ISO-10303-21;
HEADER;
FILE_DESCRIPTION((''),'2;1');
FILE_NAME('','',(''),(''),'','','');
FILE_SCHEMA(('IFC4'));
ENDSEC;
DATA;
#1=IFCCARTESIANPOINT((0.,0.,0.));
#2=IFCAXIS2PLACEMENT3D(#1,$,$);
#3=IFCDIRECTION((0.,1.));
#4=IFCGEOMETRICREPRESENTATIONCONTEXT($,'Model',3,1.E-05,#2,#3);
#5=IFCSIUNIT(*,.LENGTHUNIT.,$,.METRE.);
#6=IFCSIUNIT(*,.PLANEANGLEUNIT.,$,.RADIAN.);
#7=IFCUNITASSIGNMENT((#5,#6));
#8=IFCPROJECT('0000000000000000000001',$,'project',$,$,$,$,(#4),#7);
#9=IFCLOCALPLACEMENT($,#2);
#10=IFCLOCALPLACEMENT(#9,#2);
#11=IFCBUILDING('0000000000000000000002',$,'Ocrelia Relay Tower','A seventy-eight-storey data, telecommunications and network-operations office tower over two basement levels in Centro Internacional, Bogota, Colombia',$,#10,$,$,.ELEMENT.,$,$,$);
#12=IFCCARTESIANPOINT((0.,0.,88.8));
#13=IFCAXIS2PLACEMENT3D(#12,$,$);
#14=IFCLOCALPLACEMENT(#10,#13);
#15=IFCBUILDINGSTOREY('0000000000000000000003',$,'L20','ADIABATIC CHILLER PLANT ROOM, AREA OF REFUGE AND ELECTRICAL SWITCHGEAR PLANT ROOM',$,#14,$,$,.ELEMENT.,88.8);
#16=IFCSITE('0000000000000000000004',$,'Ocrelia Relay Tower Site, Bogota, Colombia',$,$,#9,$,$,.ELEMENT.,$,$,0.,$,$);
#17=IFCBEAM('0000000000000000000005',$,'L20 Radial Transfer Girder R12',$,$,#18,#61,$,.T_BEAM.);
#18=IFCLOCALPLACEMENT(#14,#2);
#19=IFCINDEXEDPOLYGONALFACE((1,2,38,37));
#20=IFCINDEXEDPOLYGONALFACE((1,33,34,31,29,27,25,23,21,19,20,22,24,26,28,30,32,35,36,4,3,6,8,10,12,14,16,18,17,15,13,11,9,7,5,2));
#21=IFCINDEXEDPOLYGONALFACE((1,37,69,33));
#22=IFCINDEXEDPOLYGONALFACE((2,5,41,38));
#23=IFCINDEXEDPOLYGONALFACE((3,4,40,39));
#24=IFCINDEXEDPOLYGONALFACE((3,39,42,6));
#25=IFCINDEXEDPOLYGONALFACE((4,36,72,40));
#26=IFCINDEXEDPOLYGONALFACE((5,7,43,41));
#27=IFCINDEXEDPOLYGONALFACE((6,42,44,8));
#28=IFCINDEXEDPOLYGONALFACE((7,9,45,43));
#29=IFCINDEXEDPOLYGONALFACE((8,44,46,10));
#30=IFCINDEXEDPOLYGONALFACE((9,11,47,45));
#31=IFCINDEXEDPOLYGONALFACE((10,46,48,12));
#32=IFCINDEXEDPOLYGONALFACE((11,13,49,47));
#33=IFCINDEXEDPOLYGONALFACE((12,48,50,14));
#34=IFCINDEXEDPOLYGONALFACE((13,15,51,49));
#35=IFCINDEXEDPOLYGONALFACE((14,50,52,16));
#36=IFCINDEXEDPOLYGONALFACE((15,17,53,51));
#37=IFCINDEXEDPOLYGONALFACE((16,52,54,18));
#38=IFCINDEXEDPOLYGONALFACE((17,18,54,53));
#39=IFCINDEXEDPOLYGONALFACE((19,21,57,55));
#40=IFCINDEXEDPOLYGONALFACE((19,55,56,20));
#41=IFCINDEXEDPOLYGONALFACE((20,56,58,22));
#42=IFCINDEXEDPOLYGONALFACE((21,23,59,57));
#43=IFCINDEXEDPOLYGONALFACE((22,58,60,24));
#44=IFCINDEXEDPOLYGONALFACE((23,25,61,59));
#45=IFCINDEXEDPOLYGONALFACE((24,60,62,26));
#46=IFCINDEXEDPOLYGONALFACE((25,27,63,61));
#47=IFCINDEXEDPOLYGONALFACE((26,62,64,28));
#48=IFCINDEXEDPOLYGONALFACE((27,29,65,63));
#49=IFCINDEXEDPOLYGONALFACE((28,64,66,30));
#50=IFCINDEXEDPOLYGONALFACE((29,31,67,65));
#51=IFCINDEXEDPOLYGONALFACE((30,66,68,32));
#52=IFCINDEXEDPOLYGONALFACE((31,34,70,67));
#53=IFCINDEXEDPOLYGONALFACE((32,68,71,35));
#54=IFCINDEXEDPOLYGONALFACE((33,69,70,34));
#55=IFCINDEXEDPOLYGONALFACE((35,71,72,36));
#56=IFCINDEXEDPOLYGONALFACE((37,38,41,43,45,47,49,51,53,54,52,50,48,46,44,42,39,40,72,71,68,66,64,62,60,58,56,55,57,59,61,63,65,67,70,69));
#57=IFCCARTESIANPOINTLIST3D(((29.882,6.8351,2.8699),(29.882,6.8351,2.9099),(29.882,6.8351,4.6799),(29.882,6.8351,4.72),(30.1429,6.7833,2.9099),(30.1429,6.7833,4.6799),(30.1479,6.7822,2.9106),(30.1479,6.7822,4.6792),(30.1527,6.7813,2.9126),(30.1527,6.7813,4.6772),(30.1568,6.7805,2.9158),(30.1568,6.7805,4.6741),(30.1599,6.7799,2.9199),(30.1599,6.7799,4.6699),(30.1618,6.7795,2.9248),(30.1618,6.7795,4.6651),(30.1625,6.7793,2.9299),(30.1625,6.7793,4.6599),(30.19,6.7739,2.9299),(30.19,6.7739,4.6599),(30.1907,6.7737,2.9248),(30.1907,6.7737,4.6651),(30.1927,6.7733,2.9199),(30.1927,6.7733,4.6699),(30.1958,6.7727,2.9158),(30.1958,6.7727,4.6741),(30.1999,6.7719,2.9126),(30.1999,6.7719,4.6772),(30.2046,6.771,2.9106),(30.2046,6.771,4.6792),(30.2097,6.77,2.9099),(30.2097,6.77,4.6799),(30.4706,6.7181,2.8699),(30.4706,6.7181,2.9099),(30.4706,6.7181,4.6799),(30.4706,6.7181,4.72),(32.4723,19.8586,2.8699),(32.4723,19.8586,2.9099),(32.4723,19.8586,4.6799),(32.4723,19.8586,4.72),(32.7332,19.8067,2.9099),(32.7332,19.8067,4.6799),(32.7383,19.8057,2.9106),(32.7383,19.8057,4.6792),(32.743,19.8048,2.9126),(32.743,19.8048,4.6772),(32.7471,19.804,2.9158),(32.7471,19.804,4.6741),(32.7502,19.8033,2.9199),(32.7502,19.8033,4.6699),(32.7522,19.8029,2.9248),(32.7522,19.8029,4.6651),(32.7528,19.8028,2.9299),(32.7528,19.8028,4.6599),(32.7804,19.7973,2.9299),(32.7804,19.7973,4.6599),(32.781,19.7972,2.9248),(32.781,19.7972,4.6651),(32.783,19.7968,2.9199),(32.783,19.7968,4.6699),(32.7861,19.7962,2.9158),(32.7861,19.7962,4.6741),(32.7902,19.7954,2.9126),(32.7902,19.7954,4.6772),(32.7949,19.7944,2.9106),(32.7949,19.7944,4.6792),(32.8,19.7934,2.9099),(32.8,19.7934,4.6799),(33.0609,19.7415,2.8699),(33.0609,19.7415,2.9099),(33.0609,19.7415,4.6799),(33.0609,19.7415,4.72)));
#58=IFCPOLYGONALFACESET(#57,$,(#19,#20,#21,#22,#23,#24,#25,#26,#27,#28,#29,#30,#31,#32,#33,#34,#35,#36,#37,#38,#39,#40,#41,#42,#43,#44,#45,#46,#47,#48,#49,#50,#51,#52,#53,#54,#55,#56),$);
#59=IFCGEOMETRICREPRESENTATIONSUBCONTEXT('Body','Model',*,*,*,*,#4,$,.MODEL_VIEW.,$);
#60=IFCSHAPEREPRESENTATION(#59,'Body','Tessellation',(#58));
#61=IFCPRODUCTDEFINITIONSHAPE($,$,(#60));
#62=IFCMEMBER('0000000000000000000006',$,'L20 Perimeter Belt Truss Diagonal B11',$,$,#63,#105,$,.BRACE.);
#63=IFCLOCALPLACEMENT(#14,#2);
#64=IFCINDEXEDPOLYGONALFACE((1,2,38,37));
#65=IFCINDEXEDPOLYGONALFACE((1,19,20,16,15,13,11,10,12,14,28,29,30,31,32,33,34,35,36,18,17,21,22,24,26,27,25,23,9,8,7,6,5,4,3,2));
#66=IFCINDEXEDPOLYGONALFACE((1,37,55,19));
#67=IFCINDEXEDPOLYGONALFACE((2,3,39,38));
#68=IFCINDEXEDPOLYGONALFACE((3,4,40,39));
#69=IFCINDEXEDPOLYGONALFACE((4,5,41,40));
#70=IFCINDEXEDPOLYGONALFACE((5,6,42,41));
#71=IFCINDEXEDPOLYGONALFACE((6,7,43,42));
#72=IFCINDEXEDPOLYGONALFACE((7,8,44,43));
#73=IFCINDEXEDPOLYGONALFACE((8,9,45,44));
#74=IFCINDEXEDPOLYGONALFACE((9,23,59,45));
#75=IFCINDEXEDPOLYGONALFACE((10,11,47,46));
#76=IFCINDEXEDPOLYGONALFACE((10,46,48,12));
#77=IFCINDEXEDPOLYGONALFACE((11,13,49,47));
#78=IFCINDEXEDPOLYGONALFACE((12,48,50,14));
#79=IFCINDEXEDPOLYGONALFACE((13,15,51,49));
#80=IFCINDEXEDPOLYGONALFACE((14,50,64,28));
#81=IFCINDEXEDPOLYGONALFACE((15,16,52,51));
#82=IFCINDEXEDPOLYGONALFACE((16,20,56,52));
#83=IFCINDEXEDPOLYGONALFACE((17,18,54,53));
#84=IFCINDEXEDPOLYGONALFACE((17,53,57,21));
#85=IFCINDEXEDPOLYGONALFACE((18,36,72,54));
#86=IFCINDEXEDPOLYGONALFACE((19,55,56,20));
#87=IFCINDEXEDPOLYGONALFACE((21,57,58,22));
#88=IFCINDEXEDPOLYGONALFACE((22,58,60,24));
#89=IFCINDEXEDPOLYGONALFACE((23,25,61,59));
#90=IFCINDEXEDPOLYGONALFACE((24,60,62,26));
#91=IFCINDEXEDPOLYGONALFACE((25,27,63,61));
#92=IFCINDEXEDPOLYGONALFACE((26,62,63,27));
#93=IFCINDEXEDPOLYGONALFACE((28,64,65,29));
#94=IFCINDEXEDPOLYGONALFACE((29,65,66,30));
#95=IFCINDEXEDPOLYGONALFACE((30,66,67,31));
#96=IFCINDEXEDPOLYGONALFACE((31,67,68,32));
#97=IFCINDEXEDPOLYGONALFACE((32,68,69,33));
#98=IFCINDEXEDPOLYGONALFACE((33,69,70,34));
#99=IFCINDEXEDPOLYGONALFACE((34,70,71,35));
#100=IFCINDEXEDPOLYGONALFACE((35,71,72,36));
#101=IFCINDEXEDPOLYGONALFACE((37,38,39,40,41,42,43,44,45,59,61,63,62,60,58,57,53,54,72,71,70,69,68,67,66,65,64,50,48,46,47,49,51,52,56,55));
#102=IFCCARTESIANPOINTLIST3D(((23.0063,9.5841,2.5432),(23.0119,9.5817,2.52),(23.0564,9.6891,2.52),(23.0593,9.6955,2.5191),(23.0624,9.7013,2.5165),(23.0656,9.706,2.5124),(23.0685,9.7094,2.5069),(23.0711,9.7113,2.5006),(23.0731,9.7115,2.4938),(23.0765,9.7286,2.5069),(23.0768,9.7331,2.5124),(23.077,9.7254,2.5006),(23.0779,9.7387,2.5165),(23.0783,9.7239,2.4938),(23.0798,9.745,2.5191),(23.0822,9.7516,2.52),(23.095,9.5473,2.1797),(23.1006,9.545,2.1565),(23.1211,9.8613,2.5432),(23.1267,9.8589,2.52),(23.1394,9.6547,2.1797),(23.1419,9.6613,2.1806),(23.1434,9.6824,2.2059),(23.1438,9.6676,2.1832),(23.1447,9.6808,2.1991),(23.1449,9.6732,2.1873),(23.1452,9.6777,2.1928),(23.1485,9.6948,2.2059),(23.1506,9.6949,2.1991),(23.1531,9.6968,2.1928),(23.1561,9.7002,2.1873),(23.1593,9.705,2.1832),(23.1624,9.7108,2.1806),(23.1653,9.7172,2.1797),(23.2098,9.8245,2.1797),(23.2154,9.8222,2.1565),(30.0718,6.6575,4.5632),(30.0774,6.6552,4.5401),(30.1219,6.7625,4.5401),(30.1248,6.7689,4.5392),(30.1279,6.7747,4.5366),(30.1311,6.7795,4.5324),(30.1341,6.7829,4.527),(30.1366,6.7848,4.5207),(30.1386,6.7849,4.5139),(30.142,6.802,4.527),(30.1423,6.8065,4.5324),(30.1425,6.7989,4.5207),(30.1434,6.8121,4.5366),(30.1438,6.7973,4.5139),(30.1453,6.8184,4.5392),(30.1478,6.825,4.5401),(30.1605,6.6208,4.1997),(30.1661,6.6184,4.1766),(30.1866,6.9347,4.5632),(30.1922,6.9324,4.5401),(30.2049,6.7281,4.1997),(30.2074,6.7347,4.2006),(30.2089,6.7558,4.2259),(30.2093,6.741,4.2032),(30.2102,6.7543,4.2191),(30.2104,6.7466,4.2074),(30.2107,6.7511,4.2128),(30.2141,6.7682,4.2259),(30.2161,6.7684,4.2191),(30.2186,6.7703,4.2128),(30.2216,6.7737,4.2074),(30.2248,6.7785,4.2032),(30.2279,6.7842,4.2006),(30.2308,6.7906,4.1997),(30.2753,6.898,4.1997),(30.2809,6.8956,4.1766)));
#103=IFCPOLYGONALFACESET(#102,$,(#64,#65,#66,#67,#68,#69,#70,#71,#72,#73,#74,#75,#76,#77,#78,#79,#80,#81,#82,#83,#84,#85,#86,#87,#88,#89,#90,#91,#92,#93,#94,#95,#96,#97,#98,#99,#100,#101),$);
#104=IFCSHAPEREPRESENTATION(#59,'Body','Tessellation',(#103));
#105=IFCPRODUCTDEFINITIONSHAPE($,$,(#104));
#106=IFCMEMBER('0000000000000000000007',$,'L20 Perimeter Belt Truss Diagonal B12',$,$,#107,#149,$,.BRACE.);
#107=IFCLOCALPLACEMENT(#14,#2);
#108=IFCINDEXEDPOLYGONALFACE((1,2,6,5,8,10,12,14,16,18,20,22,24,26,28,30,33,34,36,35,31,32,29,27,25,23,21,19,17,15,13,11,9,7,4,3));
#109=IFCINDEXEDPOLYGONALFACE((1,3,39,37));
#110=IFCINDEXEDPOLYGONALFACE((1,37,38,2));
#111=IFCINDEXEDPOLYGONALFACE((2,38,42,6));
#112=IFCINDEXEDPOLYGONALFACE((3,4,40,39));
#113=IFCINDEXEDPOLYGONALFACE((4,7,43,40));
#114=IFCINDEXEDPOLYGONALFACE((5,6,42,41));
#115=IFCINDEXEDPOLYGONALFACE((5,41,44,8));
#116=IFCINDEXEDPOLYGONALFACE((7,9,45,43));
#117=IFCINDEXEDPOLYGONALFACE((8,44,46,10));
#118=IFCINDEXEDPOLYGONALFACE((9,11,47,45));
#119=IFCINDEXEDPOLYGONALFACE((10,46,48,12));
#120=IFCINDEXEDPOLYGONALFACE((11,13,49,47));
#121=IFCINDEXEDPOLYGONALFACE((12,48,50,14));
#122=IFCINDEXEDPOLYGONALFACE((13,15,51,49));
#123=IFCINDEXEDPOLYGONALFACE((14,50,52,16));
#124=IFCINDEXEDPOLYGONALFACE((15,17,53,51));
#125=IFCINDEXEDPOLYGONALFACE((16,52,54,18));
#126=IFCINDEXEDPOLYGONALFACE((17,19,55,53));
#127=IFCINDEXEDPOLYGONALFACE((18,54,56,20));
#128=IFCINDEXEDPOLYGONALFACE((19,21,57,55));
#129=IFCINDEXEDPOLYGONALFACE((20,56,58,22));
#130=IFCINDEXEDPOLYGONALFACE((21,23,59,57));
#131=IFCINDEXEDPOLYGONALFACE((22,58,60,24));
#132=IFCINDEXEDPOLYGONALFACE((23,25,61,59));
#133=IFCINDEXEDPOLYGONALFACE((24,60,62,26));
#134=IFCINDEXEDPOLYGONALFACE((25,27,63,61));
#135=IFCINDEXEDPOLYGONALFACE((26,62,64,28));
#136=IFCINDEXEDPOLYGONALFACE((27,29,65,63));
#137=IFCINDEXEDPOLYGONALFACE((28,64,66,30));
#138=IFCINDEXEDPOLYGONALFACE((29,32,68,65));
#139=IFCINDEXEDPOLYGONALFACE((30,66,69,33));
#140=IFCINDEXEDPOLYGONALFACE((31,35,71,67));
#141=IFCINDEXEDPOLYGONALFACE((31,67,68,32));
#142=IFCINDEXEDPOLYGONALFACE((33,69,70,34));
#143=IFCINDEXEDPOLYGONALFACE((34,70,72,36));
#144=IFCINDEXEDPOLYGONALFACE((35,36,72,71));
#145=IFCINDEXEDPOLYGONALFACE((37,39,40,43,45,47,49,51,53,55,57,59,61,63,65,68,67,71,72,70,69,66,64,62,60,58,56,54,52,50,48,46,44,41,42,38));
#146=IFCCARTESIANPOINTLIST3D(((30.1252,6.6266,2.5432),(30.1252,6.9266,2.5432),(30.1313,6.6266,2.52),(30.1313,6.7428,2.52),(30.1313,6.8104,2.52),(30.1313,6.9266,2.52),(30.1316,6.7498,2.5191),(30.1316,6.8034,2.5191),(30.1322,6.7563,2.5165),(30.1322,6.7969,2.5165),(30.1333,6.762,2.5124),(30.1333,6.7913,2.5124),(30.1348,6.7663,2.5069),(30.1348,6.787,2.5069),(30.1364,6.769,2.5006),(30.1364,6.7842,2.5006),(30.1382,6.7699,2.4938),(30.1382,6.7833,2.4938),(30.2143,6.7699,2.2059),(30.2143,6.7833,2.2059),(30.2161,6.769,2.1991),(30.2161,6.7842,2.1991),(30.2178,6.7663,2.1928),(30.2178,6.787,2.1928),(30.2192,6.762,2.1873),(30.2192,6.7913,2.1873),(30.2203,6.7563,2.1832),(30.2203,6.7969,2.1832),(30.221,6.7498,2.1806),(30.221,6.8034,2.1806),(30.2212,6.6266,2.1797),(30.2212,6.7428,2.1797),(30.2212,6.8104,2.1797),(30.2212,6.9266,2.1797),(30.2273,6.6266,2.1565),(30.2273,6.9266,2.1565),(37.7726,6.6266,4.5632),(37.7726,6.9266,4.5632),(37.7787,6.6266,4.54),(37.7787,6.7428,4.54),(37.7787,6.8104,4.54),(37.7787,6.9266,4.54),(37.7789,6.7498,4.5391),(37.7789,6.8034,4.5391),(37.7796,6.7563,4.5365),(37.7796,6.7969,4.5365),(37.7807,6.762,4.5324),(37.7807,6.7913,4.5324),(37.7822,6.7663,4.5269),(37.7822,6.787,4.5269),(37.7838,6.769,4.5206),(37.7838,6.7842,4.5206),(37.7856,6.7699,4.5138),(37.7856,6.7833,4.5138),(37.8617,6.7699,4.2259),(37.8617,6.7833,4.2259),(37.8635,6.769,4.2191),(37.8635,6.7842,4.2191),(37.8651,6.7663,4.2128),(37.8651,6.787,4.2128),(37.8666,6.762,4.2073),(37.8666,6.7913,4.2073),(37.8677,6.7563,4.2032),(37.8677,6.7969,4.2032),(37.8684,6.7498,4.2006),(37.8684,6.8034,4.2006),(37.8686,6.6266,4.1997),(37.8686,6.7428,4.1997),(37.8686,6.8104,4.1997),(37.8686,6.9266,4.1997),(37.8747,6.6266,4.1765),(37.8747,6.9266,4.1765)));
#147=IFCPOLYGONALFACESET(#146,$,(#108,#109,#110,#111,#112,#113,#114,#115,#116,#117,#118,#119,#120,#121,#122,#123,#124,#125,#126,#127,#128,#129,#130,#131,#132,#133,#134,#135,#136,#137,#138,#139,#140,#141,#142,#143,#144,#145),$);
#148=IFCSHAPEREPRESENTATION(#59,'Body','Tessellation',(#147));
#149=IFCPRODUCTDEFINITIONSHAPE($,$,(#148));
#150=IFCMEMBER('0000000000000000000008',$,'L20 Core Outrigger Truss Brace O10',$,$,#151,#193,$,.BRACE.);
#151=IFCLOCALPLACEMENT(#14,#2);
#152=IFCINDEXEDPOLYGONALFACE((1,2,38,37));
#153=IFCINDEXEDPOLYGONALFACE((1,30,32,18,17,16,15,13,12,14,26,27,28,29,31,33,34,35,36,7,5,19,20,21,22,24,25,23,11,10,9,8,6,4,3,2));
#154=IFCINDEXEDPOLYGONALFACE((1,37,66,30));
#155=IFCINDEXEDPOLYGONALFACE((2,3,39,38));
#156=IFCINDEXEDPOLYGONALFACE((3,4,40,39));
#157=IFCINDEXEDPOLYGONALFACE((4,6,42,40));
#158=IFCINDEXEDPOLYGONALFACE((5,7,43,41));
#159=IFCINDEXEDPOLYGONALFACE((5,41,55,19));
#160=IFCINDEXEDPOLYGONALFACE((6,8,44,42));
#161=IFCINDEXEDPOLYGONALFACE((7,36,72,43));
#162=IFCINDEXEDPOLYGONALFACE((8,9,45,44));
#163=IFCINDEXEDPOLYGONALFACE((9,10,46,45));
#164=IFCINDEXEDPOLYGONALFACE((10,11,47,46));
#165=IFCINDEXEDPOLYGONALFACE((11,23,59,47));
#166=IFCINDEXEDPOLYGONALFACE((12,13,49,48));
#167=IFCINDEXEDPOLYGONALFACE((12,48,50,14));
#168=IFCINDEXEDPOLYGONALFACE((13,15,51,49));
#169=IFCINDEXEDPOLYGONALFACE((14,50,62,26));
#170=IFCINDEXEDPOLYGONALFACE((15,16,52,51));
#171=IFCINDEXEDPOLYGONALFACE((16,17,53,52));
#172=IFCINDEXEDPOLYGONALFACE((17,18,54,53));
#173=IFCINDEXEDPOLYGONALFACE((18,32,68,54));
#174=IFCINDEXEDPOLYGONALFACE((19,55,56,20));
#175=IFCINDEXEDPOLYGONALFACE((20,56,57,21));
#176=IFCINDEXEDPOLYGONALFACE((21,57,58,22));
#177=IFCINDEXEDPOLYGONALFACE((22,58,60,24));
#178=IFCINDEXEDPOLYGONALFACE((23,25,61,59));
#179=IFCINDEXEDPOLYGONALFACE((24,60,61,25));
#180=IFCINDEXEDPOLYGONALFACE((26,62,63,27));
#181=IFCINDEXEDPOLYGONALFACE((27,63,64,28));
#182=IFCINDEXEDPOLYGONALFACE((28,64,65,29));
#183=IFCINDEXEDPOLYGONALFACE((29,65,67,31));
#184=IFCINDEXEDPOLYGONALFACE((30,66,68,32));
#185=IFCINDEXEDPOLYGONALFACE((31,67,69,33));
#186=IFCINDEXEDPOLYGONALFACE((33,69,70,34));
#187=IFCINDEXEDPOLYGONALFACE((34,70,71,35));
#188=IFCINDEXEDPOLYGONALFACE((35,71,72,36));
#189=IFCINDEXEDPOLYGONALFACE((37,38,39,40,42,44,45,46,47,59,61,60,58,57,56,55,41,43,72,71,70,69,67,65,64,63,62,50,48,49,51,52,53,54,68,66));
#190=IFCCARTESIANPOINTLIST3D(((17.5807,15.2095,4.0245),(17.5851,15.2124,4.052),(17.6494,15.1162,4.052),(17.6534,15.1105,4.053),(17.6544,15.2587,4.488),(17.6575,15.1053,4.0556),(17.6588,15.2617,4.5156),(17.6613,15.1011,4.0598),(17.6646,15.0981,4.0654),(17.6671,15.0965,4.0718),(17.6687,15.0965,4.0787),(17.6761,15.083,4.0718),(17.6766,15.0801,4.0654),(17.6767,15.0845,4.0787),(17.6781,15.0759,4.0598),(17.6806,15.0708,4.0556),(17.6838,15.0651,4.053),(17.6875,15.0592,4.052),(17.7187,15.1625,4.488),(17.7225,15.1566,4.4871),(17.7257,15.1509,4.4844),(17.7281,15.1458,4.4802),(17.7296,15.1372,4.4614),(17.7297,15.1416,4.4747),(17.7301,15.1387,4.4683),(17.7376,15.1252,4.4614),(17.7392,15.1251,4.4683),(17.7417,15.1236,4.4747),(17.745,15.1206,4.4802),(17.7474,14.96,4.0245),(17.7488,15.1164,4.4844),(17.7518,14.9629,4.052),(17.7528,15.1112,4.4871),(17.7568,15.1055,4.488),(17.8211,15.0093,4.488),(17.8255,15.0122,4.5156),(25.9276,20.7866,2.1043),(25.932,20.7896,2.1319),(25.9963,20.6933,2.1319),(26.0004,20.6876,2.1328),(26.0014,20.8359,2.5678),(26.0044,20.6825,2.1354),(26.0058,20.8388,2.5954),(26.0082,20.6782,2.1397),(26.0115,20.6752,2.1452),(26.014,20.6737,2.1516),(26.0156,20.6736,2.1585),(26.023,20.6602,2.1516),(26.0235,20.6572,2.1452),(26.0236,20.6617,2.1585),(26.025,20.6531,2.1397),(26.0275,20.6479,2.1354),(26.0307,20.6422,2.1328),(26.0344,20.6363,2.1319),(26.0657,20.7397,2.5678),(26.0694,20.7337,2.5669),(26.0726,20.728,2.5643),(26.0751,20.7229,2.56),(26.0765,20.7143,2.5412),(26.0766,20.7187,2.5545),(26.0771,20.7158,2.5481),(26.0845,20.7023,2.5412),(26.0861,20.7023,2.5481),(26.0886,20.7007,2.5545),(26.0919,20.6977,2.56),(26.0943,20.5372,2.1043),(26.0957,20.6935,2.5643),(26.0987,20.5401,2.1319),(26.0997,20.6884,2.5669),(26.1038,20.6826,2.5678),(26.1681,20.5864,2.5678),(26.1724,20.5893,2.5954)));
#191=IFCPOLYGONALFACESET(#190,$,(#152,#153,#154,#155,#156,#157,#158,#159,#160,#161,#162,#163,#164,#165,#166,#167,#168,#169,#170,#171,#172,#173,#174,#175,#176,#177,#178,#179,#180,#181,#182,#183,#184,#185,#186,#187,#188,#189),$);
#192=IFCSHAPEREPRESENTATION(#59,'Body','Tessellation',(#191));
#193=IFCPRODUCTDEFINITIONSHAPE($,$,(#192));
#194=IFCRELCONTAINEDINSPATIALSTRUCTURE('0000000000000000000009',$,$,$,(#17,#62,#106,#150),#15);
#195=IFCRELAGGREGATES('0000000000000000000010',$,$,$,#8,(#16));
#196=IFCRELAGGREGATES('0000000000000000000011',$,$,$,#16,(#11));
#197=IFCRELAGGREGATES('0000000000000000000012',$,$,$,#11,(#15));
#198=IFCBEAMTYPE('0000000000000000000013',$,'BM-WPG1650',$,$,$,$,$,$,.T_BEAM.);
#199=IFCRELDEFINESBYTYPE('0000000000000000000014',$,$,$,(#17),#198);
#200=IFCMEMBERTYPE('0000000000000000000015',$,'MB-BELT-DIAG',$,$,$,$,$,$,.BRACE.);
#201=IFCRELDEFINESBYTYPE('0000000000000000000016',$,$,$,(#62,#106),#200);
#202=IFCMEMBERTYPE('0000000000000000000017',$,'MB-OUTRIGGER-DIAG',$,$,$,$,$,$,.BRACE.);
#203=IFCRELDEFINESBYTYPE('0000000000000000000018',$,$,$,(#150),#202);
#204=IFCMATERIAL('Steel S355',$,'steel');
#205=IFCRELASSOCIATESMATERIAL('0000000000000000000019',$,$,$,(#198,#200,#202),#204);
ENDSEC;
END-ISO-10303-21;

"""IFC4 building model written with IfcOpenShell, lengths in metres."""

from ifc_helpers import new_model, si_unit, direction, frame, origin, origin_2d, place, context, subcontext, project, spatial, i_section, extrude, material, material_profile, profile_set, type_object, element, save


model = new_model("IFC4")

# Units and contexts
model_context = context("Model", 3, precision=1e-05, world=origin(), true_north=direction((0.0, 1.0)))
body_context = subcontext(model_context, "Body", "Model", "MODEL_VIEW")
ifc_project = project(units=[si_unit("LENGTHUNIT", "METRE"), si_unit("PLANEANGLEUNIT", "RADIAN")], contexts=[model_context])

# Site, building, storey
site_placement = place(None, origin())
site = spatial("IfcSite", under=ifc_project, at=site_placement, Name="Ocrelia Relay Tower Site, Bogota, Colombia", CompositionType="ELEMENT", RefElevation=0.0)
building_placement = place(site_placement, origin())
building = spatial("IfcBuilding", under=site, at=building_placement, Name="Ocrelia Relay Tower", Description="A seventy-eight-storey data, telecommunications and network-operations office tower over two basement levels in Centro Internacional, Bogota, Colombia", CompositionType="ELEMENT")
storey_placement = place(building_placement, frame((0.0, 0.0, 88.8)))
storey = spatial("IfcBuildingStorey", under=building, at=storey_placement, Name="L20", Description="ADIABATIC CHILLER PLANT ROOM, AREA OF REFUGE AND ELECTRICAL SWITCHGEAR PLANT ROOM", CompositionType="ELEMENT", Elevation=88.8)

# Beam
ifc_material_1 = material(Name="Steel S355", Category="steel")
ifc_material_profile_1 = material_profile(ifc_material_1, i_section(OverallWidth=0.6001, OverallDepth=1.8501, WebThickness=0.0281, FlangeThickness=0.04, FilletRadius=0.02, at=origin_2d()), Name="WPG 1850x600")
ifc_profile_set_1 = profile_set([ifc_material_profile_1], Name="Steel S355")
beam_type_1 = type_object("IfcBeamType", Name="BM-WPG1650", PredefinedType="T_BEAM", material=ifc_profile_set_1)
beam_1_placement = place(storey_placement, frame((30.1763, 6.7766, 3.7949), z_axis=(0.195077, 0.980788, 0.0), x_axis=(-0.980788, 0.195077, 0.0)))
element("IfcBeam", 1, at=beam_1_placement, inside=storey, type_object=beam_type_1, Name="L20 Radial Transfer Girder R12", PredefinedType="T_BEAM", context=body_context, shape_type="SweptSolid", body=[
    extrude(i_section(OverallWidth=0.6001, OverallDepth=1.8501, WebThickness=0.0281, FlangeThickness=0.04, FilletRadius=0.02, at=origin_2d()), origin(), (0.0, 0.0, 1.0), 13.2786),
])

# Members
ifc_material_profile_2 = material_profile(ifc_material_1, i_section(OverallWidth=0.3, OverallDepth=0.3999, WebThickness=0.0134, FlangeThickness=0.0239, FilletRadius=0.0271, at=origin_2d()), Name="HEB 400")
ifc_profile_set_2 = profile_set([ifc_material_profile_2], Name="Steel S355")
member_type_1 = type_object("IfcMemberType", Name="MB-BELT-DIAG", PredefinedType="BRACE", material=ifc_profile_set_2)
member_1_placement = place(storey_placement, frame((23.1108, 9.7031, 2.3499), z_axis=(0.893248, -0.369985, 0.255381), x_axis=(0.382674, 0.923883, 0.0)))
element("IfcMember", 2, at=member_1_placement, inside=storey, type_object=member_type_1, Name="L20 Perimeter Belt Truss Diagonal B11", PredefinedType="BRACE", context=body_context, shape_type="SweptSolid", body=[
    extrude(i_section(OverallWidth=0.3, OverallDepth=0.3999, WebThickness=0.0134, FlangeThickness=0.0239, FilletRadius=0.0271, at=origin_2d()), origin(), (0.0, 0.0, 1.0), 7.9099),
])
member_2_placement = place(storey_placement, frame((30.1763, 6.7766, 2.3499), z_axis=(0.96684, 0.0, 0.255384), x_axis=(0.0, 1.0, 0.0)))
element("IfcMember", 3, at=member_2_placement, inside=storey, type_object=member_type_1, Name="L20 Perimeter Belt Truss Diagonal B12", PredefinedType="BRACE", context=body_context, shape_type="SweptSolid", body=[
    extrude(i_section(OverallWidth=0.3, OverallDepth=0.3999, WebThickness=0.0134, FlangeThickness=0.0239, FilletRadius=0.0271, at=origin_2d()), origin(), (0.0, 0.0, 1.0), 7.9097),
])
ifc_material_profile_3 = material_profile(ifc_material_1, i_section(OverallWidth=0.3, OverallDepth=0.5, WebThickness=0.0144, FlangeThickness=0.0281, FilletRadius=0.0271, at=origin_2d()), Name="HEB 500")
ifc_profile_set_3 = profile_set([ifc_material_profile_3], Name="Steel S355")
member_type_2 = type_object("IfcMemberType", Name="MB-OUTRIGGER-DIAG", PredefinedType="BRACE", material=ifc_profile_set_3)
member_3_placement = place(storey_placement, frame((26.05, 20.688, 2.3499), z_axis=(-0.816668, -0.545672, 0.18787), x_axis=(0.555564, -0.831474, 0.0)))
element("IfcMember", 4, at=member_3_placement, inside=storey, type_object=member_type_2, Name="L20 Core Outrigger Truss Brace O10", PredefinedType="BRACE", context=body_context, shape_type="SweptSolid", body=[
    extrude(i_section(OverallWidth=0.3, OverallDepth=0.5, WebThickness=0.0144, FlangeThickness=0.0281, FilletRadius=0.0271, at=origin_2d()), origin(), (0.0, 0.0, 1.0), 10.2207),
])

save(model, "model.ifc")
